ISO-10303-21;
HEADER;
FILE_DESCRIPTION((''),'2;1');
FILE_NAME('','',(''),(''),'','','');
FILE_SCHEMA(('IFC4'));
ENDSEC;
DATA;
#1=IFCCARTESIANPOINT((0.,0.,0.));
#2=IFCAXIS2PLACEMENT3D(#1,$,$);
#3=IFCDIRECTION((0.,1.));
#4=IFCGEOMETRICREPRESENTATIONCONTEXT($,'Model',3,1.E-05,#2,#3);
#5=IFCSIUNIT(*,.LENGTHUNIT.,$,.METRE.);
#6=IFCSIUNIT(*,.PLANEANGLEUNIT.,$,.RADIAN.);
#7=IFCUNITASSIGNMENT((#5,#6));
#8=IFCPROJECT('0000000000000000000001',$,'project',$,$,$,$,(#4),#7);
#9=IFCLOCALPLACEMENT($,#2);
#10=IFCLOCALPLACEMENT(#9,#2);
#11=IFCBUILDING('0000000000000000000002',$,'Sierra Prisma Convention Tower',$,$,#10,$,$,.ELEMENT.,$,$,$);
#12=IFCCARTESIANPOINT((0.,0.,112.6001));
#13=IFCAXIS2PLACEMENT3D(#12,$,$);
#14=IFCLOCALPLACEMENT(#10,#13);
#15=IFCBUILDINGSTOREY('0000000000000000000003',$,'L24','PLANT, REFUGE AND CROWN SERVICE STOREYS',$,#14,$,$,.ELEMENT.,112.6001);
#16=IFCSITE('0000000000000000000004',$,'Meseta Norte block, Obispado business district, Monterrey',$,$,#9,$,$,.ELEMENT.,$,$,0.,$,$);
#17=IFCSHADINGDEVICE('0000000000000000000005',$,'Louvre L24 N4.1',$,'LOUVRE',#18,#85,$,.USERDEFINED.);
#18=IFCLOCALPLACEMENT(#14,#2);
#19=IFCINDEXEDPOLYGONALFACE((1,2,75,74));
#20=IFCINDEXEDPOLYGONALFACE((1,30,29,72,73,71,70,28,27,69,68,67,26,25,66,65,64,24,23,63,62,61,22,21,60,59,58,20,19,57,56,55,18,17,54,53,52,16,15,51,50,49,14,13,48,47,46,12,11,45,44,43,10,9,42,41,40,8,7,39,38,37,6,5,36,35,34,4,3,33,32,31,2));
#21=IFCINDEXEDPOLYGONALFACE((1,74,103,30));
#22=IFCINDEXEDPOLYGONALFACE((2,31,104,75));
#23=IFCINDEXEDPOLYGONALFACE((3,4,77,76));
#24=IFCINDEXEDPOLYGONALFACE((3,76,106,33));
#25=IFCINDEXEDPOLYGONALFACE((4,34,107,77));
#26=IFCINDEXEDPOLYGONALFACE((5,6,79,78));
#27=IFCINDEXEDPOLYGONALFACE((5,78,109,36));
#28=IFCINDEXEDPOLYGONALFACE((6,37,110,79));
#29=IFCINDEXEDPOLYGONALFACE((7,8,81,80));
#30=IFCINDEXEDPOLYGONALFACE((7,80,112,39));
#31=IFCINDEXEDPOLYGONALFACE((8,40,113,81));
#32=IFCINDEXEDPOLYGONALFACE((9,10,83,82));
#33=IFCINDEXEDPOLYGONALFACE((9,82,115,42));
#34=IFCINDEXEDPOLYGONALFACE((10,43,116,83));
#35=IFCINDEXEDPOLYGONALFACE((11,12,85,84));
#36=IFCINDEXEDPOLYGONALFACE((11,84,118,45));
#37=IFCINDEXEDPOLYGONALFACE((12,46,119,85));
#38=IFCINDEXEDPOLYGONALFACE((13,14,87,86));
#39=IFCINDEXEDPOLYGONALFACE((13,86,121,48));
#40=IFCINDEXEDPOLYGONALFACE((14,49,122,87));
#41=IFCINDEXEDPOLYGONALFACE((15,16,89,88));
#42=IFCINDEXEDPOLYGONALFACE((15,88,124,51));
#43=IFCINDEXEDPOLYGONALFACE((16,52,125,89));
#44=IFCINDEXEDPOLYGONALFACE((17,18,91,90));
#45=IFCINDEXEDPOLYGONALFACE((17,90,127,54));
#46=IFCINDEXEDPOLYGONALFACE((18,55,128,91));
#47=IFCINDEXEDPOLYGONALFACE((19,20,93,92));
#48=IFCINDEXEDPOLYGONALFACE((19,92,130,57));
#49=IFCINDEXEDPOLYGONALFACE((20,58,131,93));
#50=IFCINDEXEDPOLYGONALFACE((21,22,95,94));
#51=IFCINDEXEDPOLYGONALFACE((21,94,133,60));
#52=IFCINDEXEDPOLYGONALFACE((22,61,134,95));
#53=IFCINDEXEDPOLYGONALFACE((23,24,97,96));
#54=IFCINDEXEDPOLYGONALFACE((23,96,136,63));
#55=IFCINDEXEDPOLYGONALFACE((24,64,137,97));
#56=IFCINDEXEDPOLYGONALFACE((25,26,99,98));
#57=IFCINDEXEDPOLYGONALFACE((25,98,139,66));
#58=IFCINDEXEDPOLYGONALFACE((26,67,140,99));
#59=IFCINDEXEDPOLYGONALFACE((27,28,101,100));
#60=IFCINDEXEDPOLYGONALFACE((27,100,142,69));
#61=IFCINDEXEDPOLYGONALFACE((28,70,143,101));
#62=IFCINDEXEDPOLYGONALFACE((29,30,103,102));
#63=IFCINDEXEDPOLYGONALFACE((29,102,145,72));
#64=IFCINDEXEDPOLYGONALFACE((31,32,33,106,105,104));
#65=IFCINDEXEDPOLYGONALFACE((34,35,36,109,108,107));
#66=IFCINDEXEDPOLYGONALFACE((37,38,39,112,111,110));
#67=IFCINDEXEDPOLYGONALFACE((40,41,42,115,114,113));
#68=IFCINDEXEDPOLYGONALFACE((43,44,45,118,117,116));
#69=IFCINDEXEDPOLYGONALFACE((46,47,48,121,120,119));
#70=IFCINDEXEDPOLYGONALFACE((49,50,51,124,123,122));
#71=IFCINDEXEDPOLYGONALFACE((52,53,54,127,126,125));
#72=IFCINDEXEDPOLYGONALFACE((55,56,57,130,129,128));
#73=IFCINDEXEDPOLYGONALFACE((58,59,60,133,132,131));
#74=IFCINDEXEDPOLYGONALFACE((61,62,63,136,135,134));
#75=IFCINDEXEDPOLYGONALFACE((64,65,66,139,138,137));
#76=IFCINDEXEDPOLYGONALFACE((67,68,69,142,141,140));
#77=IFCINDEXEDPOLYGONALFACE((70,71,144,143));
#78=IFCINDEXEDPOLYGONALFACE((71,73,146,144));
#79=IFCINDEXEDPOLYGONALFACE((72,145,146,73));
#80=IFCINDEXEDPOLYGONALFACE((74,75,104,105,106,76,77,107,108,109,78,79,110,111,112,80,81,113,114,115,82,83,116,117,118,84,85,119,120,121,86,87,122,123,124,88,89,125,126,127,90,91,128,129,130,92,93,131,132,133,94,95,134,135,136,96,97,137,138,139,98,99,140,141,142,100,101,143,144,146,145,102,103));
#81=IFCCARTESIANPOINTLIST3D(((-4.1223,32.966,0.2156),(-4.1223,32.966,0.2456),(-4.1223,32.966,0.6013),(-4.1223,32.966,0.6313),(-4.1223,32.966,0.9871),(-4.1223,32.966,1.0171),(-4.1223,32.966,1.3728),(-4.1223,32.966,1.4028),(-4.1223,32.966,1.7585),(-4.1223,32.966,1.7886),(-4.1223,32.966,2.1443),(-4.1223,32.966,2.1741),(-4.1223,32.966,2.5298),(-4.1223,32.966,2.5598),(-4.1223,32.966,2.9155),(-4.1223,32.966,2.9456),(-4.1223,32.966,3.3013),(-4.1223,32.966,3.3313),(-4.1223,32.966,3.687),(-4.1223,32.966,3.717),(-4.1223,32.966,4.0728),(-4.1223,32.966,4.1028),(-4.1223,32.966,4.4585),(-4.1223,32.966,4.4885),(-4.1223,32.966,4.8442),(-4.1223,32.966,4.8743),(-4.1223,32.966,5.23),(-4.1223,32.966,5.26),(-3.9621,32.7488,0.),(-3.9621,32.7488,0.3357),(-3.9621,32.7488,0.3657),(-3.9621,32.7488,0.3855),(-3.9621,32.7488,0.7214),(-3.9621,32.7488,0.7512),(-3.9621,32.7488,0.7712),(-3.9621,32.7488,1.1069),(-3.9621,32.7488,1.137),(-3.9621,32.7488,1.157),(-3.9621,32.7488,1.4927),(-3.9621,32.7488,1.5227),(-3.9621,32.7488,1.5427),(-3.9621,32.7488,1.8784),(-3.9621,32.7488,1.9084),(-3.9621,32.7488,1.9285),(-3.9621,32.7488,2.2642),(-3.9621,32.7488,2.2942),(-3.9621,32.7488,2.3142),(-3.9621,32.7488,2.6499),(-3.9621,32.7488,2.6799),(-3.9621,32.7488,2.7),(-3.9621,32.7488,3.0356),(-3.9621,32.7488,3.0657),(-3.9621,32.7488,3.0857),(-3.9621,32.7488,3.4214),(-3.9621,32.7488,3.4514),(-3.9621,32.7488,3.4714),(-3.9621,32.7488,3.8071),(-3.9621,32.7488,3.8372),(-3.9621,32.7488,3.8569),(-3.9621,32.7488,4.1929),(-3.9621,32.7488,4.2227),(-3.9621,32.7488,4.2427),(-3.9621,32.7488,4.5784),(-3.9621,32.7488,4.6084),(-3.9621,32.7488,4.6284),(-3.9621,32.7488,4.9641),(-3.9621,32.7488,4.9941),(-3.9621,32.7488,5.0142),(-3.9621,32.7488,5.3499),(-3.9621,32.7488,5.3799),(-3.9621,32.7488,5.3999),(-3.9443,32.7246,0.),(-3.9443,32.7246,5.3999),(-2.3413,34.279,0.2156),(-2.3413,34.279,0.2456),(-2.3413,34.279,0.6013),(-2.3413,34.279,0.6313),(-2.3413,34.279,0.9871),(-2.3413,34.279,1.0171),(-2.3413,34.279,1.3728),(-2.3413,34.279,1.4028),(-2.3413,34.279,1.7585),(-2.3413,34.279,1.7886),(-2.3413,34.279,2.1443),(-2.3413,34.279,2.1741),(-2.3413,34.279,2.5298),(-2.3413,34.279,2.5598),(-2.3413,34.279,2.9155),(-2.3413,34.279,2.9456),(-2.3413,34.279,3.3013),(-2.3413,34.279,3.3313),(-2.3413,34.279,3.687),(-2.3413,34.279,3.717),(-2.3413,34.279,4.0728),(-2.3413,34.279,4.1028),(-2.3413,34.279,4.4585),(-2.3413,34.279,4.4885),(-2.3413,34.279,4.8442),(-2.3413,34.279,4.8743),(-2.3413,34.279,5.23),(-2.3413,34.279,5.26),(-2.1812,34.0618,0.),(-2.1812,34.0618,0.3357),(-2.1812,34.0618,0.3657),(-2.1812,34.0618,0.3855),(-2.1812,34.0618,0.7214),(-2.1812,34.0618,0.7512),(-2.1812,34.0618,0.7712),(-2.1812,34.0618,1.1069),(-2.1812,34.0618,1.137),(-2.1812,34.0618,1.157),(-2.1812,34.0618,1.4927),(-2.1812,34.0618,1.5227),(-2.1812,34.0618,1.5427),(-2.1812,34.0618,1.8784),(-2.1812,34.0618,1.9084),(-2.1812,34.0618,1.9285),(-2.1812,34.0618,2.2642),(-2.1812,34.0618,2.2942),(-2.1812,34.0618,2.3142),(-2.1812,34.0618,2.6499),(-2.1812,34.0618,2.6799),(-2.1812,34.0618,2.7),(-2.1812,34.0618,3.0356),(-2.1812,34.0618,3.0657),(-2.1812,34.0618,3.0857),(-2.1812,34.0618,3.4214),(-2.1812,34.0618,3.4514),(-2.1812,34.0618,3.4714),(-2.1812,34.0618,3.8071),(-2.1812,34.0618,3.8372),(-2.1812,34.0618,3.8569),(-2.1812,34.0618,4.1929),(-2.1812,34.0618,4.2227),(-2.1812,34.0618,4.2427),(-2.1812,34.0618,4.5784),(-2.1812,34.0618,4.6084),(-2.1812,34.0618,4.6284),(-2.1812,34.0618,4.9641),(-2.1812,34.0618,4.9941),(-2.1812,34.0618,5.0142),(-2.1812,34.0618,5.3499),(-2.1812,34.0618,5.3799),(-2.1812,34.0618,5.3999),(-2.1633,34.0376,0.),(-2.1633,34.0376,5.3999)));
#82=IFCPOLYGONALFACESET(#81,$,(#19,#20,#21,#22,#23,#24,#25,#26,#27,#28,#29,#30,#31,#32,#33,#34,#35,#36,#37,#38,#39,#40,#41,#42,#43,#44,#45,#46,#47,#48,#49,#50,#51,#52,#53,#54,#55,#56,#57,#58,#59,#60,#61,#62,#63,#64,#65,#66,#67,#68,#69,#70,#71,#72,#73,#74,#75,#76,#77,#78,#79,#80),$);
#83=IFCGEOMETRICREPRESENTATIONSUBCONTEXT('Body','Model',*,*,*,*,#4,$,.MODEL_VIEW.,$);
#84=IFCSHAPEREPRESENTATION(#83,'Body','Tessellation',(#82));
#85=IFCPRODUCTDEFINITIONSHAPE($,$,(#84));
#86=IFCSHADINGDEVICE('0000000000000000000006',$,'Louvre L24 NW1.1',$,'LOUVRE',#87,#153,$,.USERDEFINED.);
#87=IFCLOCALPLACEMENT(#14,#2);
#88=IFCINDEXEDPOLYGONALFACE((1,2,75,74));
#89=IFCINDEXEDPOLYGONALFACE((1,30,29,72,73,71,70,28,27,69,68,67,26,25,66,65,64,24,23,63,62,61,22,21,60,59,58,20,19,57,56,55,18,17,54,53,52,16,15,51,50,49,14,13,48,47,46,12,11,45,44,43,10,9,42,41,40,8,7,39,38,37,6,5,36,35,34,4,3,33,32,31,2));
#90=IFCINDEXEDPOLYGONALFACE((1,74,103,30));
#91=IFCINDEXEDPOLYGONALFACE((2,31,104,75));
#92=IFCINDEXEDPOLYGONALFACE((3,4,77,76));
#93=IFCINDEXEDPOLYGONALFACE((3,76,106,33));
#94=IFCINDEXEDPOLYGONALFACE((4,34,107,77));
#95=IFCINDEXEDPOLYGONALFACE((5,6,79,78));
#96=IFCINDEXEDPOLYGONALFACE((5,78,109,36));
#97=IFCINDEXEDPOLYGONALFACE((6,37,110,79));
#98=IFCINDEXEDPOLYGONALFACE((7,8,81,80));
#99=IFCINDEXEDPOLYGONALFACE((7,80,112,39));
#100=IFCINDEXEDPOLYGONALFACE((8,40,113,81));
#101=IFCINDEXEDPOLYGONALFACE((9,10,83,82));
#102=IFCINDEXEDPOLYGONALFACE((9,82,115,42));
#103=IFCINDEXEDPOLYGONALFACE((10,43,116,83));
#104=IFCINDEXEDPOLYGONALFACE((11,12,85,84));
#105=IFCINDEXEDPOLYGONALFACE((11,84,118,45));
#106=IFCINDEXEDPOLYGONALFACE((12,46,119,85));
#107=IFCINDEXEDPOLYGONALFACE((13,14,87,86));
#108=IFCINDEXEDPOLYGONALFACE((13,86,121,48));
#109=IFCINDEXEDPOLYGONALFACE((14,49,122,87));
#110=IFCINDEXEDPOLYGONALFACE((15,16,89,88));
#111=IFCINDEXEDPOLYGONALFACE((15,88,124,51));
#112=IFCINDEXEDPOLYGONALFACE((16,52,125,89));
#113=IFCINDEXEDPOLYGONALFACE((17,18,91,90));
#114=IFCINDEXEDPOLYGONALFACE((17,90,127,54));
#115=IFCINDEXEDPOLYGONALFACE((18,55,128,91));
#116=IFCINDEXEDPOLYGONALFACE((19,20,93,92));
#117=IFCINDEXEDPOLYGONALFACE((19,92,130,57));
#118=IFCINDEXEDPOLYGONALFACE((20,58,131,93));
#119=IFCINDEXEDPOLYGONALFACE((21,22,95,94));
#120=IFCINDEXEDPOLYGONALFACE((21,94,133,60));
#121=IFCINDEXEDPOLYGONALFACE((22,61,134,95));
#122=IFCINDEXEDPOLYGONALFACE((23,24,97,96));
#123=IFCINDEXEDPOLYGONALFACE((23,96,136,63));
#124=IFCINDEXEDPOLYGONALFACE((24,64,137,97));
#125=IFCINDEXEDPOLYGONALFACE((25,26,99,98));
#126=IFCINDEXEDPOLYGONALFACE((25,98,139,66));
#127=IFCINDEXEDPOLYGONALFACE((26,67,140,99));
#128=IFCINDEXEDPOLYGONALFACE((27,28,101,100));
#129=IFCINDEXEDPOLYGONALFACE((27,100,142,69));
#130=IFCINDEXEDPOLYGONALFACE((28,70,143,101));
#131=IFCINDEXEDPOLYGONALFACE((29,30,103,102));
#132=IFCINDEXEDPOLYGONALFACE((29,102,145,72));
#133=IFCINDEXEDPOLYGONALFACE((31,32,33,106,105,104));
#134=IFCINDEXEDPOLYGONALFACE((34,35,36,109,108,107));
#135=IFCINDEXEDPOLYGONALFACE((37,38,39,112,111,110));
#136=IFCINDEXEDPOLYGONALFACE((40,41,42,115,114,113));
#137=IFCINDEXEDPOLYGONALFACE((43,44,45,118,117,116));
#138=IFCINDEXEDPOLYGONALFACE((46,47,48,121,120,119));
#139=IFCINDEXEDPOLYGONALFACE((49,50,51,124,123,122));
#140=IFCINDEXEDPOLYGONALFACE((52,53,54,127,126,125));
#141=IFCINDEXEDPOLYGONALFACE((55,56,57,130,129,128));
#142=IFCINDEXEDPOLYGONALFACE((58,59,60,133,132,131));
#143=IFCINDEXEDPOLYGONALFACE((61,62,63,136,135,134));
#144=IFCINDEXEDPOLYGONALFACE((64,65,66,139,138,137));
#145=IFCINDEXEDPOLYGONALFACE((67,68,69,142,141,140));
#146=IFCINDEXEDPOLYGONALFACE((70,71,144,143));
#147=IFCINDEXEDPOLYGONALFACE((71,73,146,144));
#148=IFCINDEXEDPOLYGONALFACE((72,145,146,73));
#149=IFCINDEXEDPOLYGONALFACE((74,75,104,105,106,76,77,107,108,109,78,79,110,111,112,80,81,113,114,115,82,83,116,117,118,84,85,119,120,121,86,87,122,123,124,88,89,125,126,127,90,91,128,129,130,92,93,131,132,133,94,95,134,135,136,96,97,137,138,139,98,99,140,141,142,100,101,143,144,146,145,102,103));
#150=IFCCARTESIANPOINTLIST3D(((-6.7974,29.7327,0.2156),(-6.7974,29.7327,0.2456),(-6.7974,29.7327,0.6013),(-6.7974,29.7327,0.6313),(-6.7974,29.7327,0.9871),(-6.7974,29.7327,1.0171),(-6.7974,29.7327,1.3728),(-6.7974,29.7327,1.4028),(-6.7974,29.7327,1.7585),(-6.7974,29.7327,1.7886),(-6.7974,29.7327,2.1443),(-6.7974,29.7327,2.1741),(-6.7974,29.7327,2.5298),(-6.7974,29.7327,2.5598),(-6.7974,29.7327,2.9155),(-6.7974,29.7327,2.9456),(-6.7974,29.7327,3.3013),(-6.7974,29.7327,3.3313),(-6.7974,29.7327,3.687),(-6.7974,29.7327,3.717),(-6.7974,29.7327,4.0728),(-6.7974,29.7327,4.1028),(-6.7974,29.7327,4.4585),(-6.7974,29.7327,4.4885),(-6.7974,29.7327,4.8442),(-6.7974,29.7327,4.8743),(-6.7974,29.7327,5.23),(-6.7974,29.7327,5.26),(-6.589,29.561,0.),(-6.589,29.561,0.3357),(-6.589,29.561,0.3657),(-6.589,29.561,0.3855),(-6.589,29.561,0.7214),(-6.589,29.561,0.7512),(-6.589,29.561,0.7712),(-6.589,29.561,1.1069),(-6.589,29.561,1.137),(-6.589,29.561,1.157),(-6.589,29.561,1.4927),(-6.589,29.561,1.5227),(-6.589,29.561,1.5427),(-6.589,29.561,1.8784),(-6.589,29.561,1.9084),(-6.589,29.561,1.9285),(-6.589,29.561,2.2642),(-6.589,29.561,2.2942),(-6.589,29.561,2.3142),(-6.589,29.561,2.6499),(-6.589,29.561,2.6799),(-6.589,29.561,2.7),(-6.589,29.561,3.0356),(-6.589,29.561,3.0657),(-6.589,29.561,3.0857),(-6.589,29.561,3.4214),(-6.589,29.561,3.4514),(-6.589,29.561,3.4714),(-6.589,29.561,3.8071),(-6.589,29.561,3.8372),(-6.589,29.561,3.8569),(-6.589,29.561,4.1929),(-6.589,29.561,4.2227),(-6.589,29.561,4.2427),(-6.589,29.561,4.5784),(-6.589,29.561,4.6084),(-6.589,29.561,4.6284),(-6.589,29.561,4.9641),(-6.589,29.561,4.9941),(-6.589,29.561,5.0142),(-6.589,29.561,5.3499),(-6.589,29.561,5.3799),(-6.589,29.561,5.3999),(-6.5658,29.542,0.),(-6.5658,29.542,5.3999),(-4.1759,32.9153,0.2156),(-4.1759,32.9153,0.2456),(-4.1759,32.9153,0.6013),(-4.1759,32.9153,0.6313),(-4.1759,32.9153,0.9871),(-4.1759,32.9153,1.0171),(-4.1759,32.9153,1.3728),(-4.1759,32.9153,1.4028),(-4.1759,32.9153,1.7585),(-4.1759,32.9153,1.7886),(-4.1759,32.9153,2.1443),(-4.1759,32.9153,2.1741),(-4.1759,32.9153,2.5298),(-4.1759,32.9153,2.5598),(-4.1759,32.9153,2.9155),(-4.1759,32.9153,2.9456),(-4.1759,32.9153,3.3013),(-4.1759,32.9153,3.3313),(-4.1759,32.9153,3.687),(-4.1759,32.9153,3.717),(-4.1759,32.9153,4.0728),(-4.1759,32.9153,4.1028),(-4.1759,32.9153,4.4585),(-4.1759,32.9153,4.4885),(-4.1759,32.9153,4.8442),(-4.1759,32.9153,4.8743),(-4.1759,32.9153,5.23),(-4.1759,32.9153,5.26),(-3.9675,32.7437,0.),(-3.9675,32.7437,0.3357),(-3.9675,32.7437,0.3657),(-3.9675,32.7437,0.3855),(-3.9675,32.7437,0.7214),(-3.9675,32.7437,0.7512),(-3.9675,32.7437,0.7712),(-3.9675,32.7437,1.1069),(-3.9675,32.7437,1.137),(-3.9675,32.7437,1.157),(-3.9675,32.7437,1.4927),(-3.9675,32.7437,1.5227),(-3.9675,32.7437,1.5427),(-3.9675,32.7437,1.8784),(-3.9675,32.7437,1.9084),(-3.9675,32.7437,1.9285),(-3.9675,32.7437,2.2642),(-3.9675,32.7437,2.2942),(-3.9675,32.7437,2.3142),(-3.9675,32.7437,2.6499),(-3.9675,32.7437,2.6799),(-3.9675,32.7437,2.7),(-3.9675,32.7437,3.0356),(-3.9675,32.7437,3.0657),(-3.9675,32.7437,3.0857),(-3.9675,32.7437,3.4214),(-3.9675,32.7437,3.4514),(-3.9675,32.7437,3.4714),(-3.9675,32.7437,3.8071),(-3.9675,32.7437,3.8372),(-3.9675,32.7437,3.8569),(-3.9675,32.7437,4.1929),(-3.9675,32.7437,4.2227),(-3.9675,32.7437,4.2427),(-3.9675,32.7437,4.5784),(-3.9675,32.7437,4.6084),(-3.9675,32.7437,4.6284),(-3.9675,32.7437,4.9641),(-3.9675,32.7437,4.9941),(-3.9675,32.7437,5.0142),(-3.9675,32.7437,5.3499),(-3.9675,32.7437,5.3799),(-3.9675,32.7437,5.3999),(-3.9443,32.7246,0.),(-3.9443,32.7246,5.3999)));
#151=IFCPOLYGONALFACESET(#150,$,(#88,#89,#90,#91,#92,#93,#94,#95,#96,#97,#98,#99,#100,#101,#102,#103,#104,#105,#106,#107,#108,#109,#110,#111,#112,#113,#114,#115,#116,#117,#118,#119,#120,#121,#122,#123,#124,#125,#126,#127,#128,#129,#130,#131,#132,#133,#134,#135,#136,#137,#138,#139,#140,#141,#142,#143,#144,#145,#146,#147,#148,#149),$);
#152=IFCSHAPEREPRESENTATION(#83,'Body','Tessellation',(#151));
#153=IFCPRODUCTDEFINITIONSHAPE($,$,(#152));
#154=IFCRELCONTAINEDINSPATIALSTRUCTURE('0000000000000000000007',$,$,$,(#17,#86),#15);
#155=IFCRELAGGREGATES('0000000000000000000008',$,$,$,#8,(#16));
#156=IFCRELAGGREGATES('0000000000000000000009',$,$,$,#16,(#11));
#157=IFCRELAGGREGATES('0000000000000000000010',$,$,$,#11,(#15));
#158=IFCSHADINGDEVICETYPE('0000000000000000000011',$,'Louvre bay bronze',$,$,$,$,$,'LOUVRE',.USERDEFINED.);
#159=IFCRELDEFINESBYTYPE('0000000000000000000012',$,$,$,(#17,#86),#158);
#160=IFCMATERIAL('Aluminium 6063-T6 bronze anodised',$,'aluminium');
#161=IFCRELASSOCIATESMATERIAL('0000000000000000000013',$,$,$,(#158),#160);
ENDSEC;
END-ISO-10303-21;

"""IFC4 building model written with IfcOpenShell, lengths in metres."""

from ifc_helpers import new_model, si_unit, direction, frame, origin, place, context, subcontext, project, spatial, polyline, outline, extrude, material, type_object, element, save


model = new_model("IFC4")

# Units and contexts
model_context = context("Model", 3, precision=1e-05, world=origin(), true_north=direction((0.0, 1.0)))
body_context = subcontext(model_context, "Body", "Model", "MODEL_VIEW")
ifc_project = project(units=[si_unit("LENGTHUNIT", "METRE"), si_unit("PLANEANGLEUNIT", "RADIAN")], contexts=[model_context])

# Site, building, storey
site_placement = place(None, origin())
site = spatial("IfcSite", under=ifc_project, at=site_placement, Name="Meseta Norte block, Obispado business district, Monterrey", CompositionType="ELEMENT", RefElevation=0.0)
building_placement = place(site_placement, origin())
building = spatial("IfcBuilding", under=site, at=building_placement, Name="Sierra Prisma Convention Tower", CompositionType="ELEMENT")
storey_placement = place(building_placement, frame((0.0, 0.0, 112.6001)))
storey = spatial("IfcBuildingStorey", under=building, at=storey_placement, Name="L24", Description="PLANT, REFUGE AND CROWN SERVICE STOREYS", CompositionType="ELEMENT", Elevation=112.6001)

# Shading devices
ifc_material_1 = material(Name="Aluminium 6063-T6 bronze anodised", Category="aluminium")
shading_device_type = type_object("IfcShadingDeviceType", Name="Louvre bay bronze", ElementType="LOUVRE", PredefinedType="USERDEFINED", material=ifc_material_1)
shading_device_1_placement = place(storey_placement, frame((-2.1633, 34.0376, 0.0), z_axis=(0.804898, 0.593413, 0.0), x_axis=(0.0, 0.0, 1.0)))
element("IfcShadingDevice", 1, at=shading_device_1_placement, inside=storey, type_object=shading_device_type, Name="Louvre L24 N4.1", ObjectType="LOUVRE", PredefinedType="USERDEFINED", context=body_context, shape_type="SweptSolid", body=[
    extrude(outline(polyline([(0.0, 0.0), (5.3999, 0.0), (5.3999, -0.03), (5.3799, -0.03), (5.26, -0.3), (5.23, -0.3), (5.3499, -0.03), (5.0142, -0.03), (4.9941, -0.03), (4.8743, -0.3), (4.8442, -0.3), (4.9641, -0.03), (4.6284, -0.03), (4.6084, -0.03), (4.4885, -0.3), (4.4585, -0.3), (4.5784, -0.03), (4.2427, -0.03), (4.2227, -0.03), (4.1028, -0.3), (4.0728, -0.3), (4.1929, -0.03), (3.8569, -0.03), (3.8372, -0.03), (3.717, -0.3), (3.687, -0.3), (3.8071, -0.03), (3.4714, -0.03), (3.4514, -0.03), (3.3313, -0.3), (3.3013, -0.3), (3.4214, -0.03), (3.0857, -0.03), (3.0657, -0.03), (2.9456, -0.3), (2.9155, -0.3), (3.0356, -0.03), (2.7, -0.03), (2.6799, -0.03), (2.5598, -0.3), (2.5298, -0.3), (2.6499, -0.03), (2.3142, -0.03), (2.2942, -0.03), (2.1741, -0.3), (2.1443, -0.3), (2.2642, -0.03), (1.9285, -0.03), (1.9084, -0.03), (1.7886, -0.3), (1.7585, -0.3), (1.8784, -0.03), (1.5427, -0.03), (1.5227, -0.03), (1.4028, -0.3), (1.3728, -0.3), (1.4927, -0.03), (1.157, -0.03), (1.137, -0.03), (1.0171, -0.3), (0.9871, -0.3), (1.1069, -0.03), (0.7712, -0.03), (0.7512, -0.03), (0.6313, -0.3), (0.6013, -0.3), (0.7214, -0.03), (0.3855, -0.03), (0.3657, -0.03), (0.2456, -0.3), (0.2156, -0.3), (0.3357, -0.03), (0.0, -0.03), (0.0, 0.0)])), origin(), (0.0, 0.0, -1.0), 2.2126),
])
shading_device_2_placement = place(storey_placement, frame((-3.9443, 32.7246, 0.0), z_axis=(0.63578, 0.77187, 0.0), x_axis=(0.0, 0.0, 1.0)))
element("IfcShadingDevice", 2, at=shading_device_2_placement, inside=storey, type_object=shading_device_type, Name="Louvre L24 NW1.1", ObjectType="LOUVRE", PredefinedType="USERDEFINED", context=body_context, shape_type="SweptSolid", body=[
    extrude(outline(polyline([(0.0, 0.0), (5.3999, 0.0), (5.3999, -0.03), (5.3799, -0.03), (5.26, -0.3), (5.23, -0.3), (5.3499, -0.03), (5.0142, -0.03), (4.9941, -0.03), (4.8743, -0.3), (4.8442, -0.3), (4.9641, -0.03), (4.6284, -0.03), (4.6084, -0.03), (4.4885, -0.3), (4.4585, -0.3), (4.5784, -0.03), (4.2427, -0.03), (4.2227, -0.03), (4.1028, -0.3), (4.0728, -0.3), (4.1929, -0.03), (3.8569, -0.03), (3.8372, -0.03), (3.717, -0.3), (3.687, -0.3), (3.8071, -0.03), (3.4714, -0.03), (3.4514, -0.03), (3.3313, -0.3), (3.3013, -0.3), (3.4214, -0.03), (3.0857, -0.03), (3.0657, -0.03), (2.9456, -0.3), (2.9155, -0.3), (3.0356, -0.03), (2.7, -0.03), (2.6799, -0.03), (2.5598, -0.3), (2.5298, -0.3), (2.6499, -0.03), (2.3142, -0.03), (2.2942, -0.03), (2.1741, -0.3), (2.1443, -0.3), (2.2642, -0.03), (1.9285, -0.03), (1.9084, -0.03), (1.7886, -0.3), (1.7585, -0.3), (1.8784, -0.03), (1.5427, -0.03), (1.5227, -0.03), (1.4028, -0.3), (1.3728, -0.3), (1.4927, -0.03), (1.157, -0.03), (1.137, -0.03), (1.0171, -0.3), (0.9871, -0.3), (1.1069, -0.03), (0.7712, -0.03), (0.7512, -0.03), (0.6313, -0.3), (0.6013, -0.3), (0.7214, -0.03), (0.3855, -0.03), (0.3657, -0.03), (0.2456, -0.3), (0.2156, -0.3), (0.3357, -0.03), (0.0, -0.03), (0.0, 0.0)])), origin(), (0.0, 0.0, -1.0), 4.1233),
])

save(model, "model.ifc")
